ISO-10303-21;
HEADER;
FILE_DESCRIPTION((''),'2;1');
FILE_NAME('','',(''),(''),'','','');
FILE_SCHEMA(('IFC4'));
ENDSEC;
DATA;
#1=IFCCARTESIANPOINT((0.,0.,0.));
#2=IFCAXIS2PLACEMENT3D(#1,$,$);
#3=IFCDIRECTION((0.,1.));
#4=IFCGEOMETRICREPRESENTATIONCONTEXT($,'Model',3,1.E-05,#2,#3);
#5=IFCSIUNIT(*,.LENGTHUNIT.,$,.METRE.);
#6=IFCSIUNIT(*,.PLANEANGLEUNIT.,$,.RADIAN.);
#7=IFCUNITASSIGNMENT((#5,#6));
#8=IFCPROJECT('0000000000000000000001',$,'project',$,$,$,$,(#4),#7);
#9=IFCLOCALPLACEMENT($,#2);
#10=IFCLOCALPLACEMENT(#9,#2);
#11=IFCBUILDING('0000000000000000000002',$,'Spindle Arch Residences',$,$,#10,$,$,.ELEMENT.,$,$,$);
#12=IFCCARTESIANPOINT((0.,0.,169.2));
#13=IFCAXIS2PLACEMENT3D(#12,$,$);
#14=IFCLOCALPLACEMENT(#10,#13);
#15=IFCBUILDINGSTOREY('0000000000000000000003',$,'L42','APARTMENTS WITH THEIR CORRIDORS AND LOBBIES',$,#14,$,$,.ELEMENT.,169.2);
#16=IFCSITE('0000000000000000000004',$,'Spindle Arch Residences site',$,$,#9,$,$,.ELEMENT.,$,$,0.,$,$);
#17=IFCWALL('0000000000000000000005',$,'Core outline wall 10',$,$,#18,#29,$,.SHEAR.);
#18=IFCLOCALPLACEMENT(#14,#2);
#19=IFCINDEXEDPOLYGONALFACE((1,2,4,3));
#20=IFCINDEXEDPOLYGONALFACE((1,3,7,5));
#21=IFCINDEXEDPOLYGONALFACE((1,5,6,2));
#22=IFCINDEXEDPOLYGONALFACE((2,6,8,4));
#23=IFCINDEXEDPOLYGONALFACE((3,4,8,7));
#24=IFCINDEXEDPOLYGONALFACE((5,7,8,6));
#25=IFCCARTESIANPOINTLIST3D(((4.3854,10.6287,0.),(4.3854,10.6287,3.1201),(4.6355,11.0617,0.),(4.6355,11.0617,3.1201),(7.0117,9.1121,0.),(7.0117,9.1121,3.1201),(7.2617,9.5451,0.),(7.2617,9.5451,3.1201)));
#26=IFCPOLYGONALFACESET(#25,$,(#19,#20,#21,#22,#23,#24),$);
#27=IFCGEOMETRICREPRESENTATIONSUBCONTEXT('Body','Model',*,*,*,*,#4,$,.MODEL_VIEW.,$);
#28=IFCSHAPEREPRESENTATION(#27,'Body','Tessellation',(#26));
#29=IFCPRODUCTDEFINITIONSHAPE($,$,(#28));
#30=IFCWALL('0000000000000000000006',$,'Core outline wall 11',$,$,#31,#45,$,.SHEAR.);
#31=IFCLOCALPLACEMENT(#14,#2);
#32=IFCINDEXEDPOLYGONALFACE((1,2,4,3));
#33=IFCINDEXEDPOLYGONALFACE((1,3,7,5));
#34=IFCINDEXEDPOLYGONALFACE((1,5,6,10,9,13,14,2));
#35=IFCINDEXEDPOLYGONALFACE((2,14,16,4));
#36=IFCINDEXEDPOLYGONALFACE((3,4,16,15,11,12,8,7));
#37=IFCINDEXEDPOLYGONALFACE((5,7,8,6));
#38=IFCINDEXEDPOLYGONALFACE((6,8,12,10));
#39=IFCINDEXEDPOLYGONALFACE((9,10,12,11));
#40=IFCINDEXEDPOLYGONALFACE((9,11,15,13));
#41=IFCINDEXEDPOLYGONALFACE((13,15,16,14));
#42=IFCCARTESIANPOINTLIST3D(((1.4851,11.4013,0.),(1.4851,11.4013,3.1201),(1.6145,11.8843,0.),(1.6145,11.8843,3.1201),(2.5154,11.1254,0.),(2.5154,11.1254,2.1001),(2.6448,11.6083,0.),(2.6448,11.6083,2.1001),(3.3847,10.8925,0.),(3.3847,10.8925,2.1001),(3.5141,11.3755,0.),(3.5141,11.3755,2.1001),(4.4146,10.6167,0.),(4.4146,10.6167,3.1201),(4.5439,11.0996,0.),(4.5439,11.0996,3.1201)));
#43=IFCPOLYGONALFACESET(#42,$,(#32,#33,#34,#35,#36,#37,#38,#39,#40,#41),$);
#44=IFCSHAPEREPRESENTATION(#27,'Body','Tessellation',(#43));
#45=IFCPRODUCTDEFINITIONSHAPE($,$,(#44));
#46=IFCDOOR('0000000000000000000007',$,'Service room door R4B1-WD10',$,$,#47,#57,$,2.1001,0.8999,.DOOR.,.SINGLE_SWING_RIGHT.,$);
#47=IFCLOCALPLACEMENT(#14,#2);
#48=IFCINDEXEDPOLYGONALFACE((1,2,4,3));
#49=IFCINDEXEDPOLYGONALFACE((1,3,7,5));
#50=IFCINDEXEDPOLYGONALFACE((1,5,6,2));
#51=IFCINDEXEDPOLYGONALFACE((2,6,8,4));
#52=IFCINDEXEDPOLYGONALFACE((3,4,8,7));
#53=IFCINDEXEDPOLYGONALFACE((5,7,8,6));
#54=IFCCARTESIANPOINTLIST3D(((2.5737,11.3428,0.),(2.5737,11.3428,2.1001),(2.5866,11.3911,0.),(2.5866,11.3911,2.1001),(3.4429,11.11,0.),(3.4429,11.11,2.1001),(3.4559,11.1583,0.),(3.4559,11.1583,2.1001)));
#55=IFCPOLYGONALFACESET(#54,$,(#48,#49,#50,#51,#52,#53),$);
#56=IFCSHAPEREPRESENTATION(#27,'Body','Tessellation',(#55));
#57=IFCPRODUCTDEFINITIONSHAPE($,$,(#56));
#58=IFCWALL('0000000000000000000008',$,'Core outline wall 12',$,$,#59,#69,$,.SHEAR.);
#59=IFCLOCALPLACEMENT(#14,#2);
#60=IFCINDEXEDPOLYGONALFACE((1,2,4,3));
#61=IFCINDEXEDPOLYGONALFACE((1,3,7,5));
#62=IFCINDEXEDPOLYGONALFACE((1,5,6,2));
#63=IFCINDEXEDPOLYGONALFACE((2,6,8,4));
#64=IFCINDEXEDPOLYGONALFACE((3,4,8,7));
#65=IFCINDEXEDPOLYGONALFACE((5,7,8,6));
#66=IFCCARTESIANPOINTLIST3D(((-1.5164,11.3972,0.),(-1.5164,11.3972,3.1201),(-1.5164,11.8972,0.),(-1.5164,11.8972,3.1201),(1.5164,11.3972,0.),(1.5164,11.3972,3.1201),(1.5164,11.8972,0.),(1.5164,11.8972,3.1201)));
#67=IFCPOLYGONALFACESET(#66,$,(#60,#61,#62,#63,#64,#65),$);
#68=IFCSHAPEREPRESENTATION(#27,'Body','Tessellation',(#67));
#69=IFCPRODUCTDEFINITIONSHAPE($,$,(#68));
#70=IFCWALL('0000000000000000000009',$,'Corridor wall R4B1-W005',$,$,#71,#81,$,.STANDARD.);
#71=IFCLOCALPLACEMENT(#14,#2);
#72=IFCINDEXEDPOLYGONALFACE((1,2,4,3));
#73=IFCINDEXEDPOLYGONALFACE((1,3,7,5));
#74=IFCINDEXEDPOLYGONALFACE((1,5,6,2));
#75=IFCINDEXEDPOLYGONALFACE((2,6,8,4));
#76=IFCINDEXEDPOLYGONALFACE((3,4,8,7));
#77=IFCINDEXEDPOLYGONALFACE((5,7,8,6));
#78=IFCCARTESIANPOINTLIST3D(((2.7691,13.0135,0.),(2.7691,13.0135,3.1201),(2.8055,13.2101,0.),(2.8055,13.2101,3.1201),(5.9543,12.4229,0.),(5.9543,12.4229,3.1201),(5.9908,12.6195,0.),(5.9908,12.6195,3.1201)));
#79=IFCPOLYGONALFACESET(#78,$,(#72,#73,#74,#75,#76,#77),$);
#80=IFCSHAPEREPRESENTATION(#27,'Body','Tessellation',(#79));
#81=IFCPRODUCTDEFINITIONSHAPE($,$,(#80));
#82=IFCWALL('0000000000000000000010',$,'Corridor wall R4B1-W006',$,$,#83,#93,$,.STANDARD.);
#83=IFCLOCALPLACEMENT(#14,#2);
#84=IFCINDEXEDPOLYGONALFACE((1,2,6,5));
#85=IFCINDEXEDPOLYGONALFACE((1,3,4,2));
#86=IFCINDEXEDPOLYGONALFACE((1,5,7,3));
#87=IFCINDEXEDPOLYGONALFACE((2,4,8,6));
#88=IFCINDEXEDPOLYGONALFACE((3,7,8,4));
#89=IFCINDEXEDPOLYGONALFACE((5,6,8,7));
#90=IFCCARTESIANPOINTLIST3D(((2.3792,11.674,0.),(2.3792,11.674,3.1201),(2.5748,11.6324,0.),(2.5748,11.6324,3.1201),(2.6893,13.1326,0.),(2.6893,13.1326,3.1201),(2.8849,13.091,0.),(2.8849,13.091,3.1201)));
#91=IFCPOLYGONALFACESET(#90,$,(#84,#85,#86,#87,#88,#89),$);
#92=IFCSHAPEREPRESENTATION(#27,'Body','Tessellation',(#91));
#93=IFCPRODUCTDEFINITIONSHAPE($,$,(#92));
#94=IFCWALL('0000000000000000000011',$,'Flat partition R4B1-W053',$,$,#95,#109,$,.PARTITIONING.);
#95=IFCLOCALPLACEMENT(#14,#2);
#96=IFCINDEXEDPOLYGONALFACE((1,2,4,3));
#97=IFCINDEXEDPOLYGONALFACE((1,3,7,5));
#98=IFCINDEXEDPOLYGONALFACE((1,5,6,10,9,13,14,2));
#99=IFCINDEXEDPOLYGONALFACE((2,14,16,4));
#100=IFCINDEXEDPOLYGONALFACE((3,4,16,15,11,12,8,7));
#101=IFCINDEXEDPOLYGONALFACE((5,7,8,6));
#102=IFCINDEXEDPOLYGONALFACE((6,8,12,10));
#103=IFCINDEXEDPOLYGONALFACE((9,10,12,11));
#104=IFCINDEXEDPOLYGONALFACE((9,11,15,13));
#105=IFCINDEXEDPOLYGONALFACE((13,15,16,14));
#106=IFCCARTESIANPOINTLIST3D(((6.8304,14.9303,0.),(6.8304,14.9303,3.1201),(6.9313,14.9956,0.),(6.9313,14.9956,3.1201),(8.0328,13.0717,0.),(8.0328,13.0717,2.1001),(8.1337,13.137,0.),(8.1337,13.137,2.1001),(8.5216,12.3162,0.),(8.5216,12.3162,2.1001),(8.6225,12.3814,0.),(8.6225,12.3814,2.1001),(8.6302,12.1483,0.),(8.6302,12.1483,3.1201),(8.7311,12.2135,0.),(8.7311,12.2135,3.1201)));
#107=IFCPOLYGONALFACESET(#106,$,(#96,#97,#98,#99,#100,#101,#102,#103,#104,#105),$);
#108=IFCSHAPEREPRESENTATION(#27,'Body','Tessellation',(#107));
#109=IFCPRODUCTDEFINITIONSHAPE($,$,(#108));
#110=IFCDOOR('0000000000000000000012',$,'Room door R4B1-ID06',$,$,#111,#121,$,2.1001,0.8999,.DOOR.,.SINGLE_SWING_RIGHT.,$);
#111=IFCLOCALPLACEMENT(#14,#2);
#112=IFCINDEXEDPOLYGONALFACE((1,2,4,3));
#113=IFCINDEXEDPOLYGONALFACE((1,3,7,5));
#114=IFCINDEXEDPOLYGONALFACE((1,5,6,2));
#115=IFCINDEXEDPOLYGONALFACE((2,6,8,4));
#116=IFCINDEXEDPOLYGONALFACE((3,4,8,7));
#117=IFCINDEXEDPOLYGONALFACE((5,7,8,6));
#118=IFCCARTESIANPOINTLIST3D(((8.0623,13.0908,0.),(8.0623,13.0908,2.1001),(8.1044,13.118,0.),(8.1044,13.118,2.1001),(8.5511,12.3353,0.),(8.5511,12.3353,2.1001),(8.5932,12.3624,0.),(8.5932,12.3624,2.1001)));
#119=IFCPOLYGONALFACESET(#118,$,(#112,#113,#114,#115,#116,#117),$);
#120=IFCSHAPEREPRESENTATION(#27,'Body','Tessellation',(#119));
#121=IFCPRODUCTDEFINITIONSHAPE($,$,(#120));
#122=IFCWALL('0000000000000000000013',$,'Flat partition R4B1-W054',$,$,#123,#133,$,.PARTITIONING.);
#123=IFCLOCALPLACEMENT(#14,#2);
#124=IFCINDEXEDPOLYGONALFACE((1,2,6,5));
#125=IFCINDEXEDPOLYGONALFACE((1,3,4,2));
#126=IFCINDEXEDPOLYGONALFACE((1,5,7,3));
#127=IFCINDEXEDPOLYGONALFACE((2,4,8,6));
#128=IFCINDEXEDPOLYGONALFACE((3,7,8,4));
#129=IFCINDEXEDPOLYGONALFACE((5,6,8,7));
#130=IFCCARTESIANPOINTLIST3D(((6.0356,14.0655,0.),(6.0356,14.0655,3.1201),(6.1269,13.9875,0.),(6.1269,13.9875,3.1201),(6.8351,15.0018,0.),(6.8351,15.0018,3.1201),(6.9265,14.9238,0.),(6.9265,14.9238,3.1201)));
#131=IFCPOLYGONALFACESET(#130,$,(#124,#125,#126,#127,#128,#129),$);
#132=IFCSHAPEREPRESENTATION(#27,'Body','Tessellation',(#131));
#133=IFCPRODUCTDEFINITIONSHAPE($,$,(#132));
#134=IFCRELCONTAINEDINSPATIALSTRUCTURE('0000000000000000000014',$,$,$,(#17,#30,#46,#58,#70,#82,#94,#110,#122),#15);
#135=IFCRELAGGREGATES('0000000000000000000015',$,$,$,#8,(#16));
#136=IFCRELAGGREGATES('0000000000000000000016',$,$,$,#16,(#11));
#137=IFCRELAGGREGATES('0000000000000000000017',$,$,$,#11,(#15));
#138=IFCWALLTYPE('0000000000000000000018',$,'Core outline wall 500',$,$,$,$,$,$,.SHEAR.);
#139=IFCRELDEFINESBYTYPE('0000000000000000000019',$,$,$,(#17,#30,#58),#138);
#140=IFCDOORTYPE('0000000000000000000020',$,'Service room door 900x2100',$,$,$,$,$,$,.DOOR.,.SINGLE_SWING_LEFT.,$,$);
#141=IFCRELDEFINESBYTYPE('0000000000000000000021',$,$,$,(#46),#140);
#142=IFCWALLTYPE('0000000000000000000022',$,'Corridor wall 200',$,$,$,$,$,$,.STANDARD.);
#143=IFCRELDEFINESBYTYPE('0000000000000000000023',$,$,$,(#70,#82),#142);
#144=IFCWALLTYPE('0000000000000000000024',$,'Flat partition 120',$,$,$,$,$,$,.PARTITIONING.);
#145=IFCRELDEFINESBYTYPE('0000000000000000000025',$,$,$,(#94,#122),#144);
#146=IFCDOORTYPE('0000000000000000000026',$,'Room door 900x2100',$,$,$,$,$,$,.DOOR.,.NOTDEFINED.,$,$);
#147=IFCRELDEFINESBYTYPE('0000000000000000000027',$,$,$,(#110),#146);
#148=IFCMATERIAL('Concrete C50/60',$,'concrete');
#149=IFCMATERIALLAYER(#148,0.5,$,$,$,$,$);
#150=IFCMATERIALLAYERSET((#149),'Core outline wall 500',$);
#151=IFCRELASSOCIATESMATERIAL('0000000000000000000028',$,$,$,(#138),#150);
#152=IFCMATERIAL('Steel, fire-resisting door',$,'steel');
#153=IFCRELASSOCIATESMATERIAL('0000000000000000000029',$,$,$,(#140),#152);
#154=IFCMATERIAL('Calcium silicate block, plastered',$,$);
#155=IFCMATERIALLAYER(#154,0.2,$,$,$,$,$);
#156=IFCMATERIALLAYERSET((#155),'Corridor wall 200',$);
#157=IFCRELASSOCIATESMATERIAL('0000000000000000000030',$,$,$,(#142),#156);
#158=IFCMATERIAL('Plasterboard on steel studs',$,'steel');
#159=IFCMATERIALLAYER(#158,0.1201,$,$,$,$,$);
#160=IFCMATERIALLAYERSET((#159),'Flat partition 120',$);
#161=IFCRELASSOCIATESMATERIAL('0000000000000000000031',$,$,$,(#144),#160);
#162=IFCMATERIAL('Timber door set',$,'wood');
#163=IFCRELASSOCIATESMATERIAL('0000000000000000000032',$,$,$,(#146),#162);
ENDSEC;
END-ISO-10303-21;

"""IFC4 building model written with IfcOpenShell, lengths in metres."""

from ifc_helpers import new_model, si_unit, direction, frame, frame_2d, origin, place, context, subcontext, project, spatial, rectangle, extrude, material, layer, layer_set, type_object, element, fill, save


model = new_model("IFC4")

# Units and contexts
model_context = context("Model", 3, precision=1e-05, world=origin(), true_north=direction((0.0, 1.0)))
body_context = subcontext(model_context, "Body", "Model", "MODEL_VIEW")
ifc_project = project(units=[si_unit("LENGTHUNIT", "METRE"), si_unit("PLANEANGLEUNIT", "RADIAN")], contexts=[model_context])

# Site, building, storey
site_placement = place(None, origin())
site = spatial("IfcSite", under=ifc_project, at=site_placement, Name="Spindle Arch Residences site", CompositionType="ELEMENT", RefElevation=0.0)
building_placement = place(site_placement, origin())
building = spatial("IfcBuilding", under=site, at=building_placement, Name="Spindle Arch Residences", CompositionType="ELEMENT")
storey_placement = place(building_placement, frame((0.0, 0.0, 169.2)))
storey = spatial("IfcBuildingStorey", under=building, at=storey_placement, Name="L42", Description="APARTMENTS WITH THEIR CORRIDORS AND LOBBIES", CompositionType="ELEMENT", Elevation=169.2)

# Wall
ifc_material_1 = material(Name="Concrete C50/60", Category="concrete")
ifc_layer_1 = layer(ifc_material_1, 0.5)
ifc_layer_set_1 = layer_set([ifc_layer_1], Name="Core outline wall 500")
wall_type_1 = type_object("IfcWallType", Name="Core outline wall 500", PredefinedType="SHEAR", material=ifc_layer_set_1)
wall_1_placement = place(storey_placement, frame((7.1367, 9.3286, 0.0), z_axis=(0.0, 0.0, 1.0), x_axis=(-0.865975, 0.500087, 0.0)))
element("IfcWall", 1, at=wall_1_placement, inside=storey, type_object=wall_type_1, Name="Core outline wall 10", PredefinedType="SHEAR", context=body_context, shape_type="SweptSolid", body=[
    extrude(rectangle(XDim=3.0327, YDim=0.5, at=frame_2d((1.5164, 0.0))), origin(), (0.0, 0.0, 1.0), 3.1201),
])

# Wall, opening, door
wall_2_placement = place(storey_placement, frame((4.4792, 10.8582, 0.0), z_axis=(0.0, 0.0, 1.0), x_axis=(-0.965948, 0.258735, 0.0)))
wall_2 = element("IfcWall", 2, at=wall_2_placement, inside=storey, type_object=wall_type_1, Name="Core outline wall 11", PredefinedType="SHEAR", context=body_context, shape_type="SweptSolid", body=[
    extrude(rectangle(XDim=3.0327, YDim=0.5, at=frame_2d((1.5164, 0.0))), origin(), (0.0, 0.0, 1.0), 3.1201),
])
opening_1_placement = place(wall_2_placement, frame((1.0662, 0.0, 0.0)))
opening_1 = element("IfcOpeningElement", 3, at=opening_1_placement, cuts=wall_2, PredefinedType="OPENING", context=body_context, shape_type="SweptSolid", body=[
    extrude(rectangle(XDim=0.8999, YDim=2.1001, at=frame_2d((0.45, 1.05))), frame((0.0, 0.26, 0.0), z_axis=(0.0, -1.0, 0.0), x_axis=(1.0, 0.0, 0.0)), (0.0, 0.0, 1.0), 0.52),
])
ifc_material_2 = material(Name="Steel, fire-resisting door", Category="steel")
door_type_1 = type_object("IfcDoorType", Name="Service room door 900x2100", OperationType="SINGLE_SWING_LEFT", PredefinedType="DOOR", material=ifc_material_2)
door_1_placement = place(opening_1_placement, origin())
door_1 = element("IfcDoor", 4, at=door_1_placement, inside=storey, type_object=door_type_1, Name="Service room door R4B1-WD10", OperationType="SINGLE_SWING_RIGHT", OverallHeight=2.1001, OverallWidth=0.8999, PredefinedType="DOOR", context=body_context, shape_type="SweptSolid", body=[
    extrude(rectangle(XDim=0.8999, YDim=2.1001, at=frame_2d((0.45, 1.05))), frame((0.0, 0.0249, 0.0), z_axis=(0.0, -1.0, 0.0), x_axis=(1.0, 0.0, 0.0)), (0.0, 0.0, 1.0), 0.05),
])
fill(opening_1, door_1)

# Walls
wall_3_placement = place(storey_placement, frame((1.5164, 11.6472, 0.0), z_axis=(0.0, 0.0, 1.0), x_axis=(-1.0, 0.0, 0.0)))
element("IfcWall", 5, at=wall_3_placement, inside=storey, type_object=wall_type_1, Name="Core outline wall 12", PredefinedType="SHEAR", context=body_context, shape_type="SweptSolid", body=[
    extrude(rectangle(XDim=3.0327, YDim=0.5, at=frame_2d((1.5164, 0.0))), origin(), (0.0, 0.0, 1.0), 3.1201),
])
ifc_material_3 = material(Name="Calcium silicate block, plastered")
ifc_layer_2 = layer(ifc_material_3, 0.2)
ifc_layer_set_2 = layer_set([ifc_layer_2], Name="Corridor wall 200")
wall_type_2 = type_object("IfcWallType", Name="Corridor wall 200", PredefinedType="STANDARD", material=ifc_layer_set_2)
wall_4_placement = place(storey_placement, frame((5.9724, 12.5212, 0.0), z_axis=(0.0, 0.0, 1.0), x_axis=(-0.983243, 0.1823, 0.0)))
element("IfcWall", 6, at=wall_4_placement, inside=storey, type_object=wall_type_2, Name="Corridor wall R4B1-W005", PredefinedType="STANDARD", context=body_context, shape_type="SweptSolid", body=[
    extrude(rectangle(XDim=3.2395, YDim=0.2, at=frame_2d((1.6196, 0.0))), origin(), (0.0, 0.0, 1.0), 3.1201),
])
wall_5_placement = place(storey_placement, frame((2.7871, 13.1118, 0.0), z_axis=(0.0, 0.0, 1.0), x_axis=(-0.207941, -0.978141, 0.0)))
element("IfcWall", 7, at=wall_5_placement, inside=storey, type_object=wall_type_2, Name="Corridor wall R4B1-W006", PredefinedType="STANDARD", context=body_context, shape_type="SweptSolid", body=[
    extrude(rectangle(XDim=1.4912, YDim=0.2, at=frame_2d((0.7456, 0.0))), origin(), (0.0, 0.0, 1.0), 3.1201),
])

# Wall, opening, door
ifc_material_4 = material(Name="Plasterboard on steel studs", Category="steel")
ifc_layer_3 = layer(ifc_material_4, 0.1201)
ifc_layer_set_3 = layer_set([ifc_layer_3], Name="Flat partition 120")
wall_type_3 = type_object("IfcWallType", Name="Flat partition 120", PredefinedType="PARTITIONING", material=ifc_layer_set_3)
wall_6_placement = place(storey_placement, frame((8.6807, 12.1809, 0.0), z_axis=(0.0, 0.0, 1.0), x_axis=(-0.543187, 0.839612, 0.0)))
wall_6 = element("IfcWall", 8, at=wall_6_placement, inside=storey, type_object=wall_type_3, Name="Flat partition R4B1-W053", PredefinedType="PARTITIONING", context=body_context, shape_type="SweptSolid", body=[
    extrude(rectangle(XDim=3.3135, YDim=0.1201, at=frame_2d((1.6567, 0.0))), origin(), (0.0, 0.0, 1.0), 3.1201),
])
opening_2_placement = place(wall_6_placement, frame((0.2, 0.0, 0.0)))
opening_2 = element("IfcOpeningElement", 9, at=opening_2_placement, cuts=wall_6, PredefinedType="OPENING", context=body_context, shape_type="SweptSolid", body=[
    extrude(rectangle(XDim=0.8999, YDim=2.1001, at=frame_2d((0.45, 1.05))), frame((0.0, 0.0701, 0.0), z_axis=(0.0, -1.0, 0.0), x_axis=(1.0, 0.0, 0.0)), (0.0, 0.0, 1.0), 0.1401),
])
ifc_material_5 = material(Name="Timber door set", Category="wood")
door_type_2 = type_object("IfcDoorType", Name="Room door 900x2100", OperationType="NOTDEFINED", PredefinedType="DOOR", material=ifc_material_5)
door_2_placement = place(opening_2_placement, origin())
door_2 = element("IfcDoor", 10, at=door_2_placement, inside=storey, type_object=door_type_2, Name="Room door R4B1-ID06", OperationType="SINGLE_SWING_RIGHT", OverallHeight=2.1001, OverallWidth=0.8999, PredefinedType="DOOR", context=body_context, shape_type="SweptSolid", body=[
    extrude(rectangle(XDim=0.8999, YDim=2.1001, at=frame_2d((0.45, 1.05))), frame((0.0, 0.0249, 0.0), z_axis=(0.0, -1.0, 0.0), x_axis=(1.0, 0.0, 0.0)), (0.0, 0.0, 1.0), 0.05),
])
fill(opening_2, door_2)

# Wall
wall_7_placement = place(storey_placement, frame((6.8809, 14.9629, 0.0), z_axis=(0.0, 0.0, 1.0), x_axis=(-0.649402, -0.760445, 0.0)))
element("IfcWall", 11, at=wall_7_placement, inside=storey, type_object=wall_type_3, Name="Flat partition R4B1-W054", PredefinedType="PARTITIONING", context=body_context, shape_type="SweptSolid", body=[
    extrude(rectangle(XDim=1.2312, YDim=0.1201, at=frame_2d((0.6157, 0.0))), origin(), (0.0, 0.0, 1.0), 3.1201),
])

save(model, "model.ifc")
